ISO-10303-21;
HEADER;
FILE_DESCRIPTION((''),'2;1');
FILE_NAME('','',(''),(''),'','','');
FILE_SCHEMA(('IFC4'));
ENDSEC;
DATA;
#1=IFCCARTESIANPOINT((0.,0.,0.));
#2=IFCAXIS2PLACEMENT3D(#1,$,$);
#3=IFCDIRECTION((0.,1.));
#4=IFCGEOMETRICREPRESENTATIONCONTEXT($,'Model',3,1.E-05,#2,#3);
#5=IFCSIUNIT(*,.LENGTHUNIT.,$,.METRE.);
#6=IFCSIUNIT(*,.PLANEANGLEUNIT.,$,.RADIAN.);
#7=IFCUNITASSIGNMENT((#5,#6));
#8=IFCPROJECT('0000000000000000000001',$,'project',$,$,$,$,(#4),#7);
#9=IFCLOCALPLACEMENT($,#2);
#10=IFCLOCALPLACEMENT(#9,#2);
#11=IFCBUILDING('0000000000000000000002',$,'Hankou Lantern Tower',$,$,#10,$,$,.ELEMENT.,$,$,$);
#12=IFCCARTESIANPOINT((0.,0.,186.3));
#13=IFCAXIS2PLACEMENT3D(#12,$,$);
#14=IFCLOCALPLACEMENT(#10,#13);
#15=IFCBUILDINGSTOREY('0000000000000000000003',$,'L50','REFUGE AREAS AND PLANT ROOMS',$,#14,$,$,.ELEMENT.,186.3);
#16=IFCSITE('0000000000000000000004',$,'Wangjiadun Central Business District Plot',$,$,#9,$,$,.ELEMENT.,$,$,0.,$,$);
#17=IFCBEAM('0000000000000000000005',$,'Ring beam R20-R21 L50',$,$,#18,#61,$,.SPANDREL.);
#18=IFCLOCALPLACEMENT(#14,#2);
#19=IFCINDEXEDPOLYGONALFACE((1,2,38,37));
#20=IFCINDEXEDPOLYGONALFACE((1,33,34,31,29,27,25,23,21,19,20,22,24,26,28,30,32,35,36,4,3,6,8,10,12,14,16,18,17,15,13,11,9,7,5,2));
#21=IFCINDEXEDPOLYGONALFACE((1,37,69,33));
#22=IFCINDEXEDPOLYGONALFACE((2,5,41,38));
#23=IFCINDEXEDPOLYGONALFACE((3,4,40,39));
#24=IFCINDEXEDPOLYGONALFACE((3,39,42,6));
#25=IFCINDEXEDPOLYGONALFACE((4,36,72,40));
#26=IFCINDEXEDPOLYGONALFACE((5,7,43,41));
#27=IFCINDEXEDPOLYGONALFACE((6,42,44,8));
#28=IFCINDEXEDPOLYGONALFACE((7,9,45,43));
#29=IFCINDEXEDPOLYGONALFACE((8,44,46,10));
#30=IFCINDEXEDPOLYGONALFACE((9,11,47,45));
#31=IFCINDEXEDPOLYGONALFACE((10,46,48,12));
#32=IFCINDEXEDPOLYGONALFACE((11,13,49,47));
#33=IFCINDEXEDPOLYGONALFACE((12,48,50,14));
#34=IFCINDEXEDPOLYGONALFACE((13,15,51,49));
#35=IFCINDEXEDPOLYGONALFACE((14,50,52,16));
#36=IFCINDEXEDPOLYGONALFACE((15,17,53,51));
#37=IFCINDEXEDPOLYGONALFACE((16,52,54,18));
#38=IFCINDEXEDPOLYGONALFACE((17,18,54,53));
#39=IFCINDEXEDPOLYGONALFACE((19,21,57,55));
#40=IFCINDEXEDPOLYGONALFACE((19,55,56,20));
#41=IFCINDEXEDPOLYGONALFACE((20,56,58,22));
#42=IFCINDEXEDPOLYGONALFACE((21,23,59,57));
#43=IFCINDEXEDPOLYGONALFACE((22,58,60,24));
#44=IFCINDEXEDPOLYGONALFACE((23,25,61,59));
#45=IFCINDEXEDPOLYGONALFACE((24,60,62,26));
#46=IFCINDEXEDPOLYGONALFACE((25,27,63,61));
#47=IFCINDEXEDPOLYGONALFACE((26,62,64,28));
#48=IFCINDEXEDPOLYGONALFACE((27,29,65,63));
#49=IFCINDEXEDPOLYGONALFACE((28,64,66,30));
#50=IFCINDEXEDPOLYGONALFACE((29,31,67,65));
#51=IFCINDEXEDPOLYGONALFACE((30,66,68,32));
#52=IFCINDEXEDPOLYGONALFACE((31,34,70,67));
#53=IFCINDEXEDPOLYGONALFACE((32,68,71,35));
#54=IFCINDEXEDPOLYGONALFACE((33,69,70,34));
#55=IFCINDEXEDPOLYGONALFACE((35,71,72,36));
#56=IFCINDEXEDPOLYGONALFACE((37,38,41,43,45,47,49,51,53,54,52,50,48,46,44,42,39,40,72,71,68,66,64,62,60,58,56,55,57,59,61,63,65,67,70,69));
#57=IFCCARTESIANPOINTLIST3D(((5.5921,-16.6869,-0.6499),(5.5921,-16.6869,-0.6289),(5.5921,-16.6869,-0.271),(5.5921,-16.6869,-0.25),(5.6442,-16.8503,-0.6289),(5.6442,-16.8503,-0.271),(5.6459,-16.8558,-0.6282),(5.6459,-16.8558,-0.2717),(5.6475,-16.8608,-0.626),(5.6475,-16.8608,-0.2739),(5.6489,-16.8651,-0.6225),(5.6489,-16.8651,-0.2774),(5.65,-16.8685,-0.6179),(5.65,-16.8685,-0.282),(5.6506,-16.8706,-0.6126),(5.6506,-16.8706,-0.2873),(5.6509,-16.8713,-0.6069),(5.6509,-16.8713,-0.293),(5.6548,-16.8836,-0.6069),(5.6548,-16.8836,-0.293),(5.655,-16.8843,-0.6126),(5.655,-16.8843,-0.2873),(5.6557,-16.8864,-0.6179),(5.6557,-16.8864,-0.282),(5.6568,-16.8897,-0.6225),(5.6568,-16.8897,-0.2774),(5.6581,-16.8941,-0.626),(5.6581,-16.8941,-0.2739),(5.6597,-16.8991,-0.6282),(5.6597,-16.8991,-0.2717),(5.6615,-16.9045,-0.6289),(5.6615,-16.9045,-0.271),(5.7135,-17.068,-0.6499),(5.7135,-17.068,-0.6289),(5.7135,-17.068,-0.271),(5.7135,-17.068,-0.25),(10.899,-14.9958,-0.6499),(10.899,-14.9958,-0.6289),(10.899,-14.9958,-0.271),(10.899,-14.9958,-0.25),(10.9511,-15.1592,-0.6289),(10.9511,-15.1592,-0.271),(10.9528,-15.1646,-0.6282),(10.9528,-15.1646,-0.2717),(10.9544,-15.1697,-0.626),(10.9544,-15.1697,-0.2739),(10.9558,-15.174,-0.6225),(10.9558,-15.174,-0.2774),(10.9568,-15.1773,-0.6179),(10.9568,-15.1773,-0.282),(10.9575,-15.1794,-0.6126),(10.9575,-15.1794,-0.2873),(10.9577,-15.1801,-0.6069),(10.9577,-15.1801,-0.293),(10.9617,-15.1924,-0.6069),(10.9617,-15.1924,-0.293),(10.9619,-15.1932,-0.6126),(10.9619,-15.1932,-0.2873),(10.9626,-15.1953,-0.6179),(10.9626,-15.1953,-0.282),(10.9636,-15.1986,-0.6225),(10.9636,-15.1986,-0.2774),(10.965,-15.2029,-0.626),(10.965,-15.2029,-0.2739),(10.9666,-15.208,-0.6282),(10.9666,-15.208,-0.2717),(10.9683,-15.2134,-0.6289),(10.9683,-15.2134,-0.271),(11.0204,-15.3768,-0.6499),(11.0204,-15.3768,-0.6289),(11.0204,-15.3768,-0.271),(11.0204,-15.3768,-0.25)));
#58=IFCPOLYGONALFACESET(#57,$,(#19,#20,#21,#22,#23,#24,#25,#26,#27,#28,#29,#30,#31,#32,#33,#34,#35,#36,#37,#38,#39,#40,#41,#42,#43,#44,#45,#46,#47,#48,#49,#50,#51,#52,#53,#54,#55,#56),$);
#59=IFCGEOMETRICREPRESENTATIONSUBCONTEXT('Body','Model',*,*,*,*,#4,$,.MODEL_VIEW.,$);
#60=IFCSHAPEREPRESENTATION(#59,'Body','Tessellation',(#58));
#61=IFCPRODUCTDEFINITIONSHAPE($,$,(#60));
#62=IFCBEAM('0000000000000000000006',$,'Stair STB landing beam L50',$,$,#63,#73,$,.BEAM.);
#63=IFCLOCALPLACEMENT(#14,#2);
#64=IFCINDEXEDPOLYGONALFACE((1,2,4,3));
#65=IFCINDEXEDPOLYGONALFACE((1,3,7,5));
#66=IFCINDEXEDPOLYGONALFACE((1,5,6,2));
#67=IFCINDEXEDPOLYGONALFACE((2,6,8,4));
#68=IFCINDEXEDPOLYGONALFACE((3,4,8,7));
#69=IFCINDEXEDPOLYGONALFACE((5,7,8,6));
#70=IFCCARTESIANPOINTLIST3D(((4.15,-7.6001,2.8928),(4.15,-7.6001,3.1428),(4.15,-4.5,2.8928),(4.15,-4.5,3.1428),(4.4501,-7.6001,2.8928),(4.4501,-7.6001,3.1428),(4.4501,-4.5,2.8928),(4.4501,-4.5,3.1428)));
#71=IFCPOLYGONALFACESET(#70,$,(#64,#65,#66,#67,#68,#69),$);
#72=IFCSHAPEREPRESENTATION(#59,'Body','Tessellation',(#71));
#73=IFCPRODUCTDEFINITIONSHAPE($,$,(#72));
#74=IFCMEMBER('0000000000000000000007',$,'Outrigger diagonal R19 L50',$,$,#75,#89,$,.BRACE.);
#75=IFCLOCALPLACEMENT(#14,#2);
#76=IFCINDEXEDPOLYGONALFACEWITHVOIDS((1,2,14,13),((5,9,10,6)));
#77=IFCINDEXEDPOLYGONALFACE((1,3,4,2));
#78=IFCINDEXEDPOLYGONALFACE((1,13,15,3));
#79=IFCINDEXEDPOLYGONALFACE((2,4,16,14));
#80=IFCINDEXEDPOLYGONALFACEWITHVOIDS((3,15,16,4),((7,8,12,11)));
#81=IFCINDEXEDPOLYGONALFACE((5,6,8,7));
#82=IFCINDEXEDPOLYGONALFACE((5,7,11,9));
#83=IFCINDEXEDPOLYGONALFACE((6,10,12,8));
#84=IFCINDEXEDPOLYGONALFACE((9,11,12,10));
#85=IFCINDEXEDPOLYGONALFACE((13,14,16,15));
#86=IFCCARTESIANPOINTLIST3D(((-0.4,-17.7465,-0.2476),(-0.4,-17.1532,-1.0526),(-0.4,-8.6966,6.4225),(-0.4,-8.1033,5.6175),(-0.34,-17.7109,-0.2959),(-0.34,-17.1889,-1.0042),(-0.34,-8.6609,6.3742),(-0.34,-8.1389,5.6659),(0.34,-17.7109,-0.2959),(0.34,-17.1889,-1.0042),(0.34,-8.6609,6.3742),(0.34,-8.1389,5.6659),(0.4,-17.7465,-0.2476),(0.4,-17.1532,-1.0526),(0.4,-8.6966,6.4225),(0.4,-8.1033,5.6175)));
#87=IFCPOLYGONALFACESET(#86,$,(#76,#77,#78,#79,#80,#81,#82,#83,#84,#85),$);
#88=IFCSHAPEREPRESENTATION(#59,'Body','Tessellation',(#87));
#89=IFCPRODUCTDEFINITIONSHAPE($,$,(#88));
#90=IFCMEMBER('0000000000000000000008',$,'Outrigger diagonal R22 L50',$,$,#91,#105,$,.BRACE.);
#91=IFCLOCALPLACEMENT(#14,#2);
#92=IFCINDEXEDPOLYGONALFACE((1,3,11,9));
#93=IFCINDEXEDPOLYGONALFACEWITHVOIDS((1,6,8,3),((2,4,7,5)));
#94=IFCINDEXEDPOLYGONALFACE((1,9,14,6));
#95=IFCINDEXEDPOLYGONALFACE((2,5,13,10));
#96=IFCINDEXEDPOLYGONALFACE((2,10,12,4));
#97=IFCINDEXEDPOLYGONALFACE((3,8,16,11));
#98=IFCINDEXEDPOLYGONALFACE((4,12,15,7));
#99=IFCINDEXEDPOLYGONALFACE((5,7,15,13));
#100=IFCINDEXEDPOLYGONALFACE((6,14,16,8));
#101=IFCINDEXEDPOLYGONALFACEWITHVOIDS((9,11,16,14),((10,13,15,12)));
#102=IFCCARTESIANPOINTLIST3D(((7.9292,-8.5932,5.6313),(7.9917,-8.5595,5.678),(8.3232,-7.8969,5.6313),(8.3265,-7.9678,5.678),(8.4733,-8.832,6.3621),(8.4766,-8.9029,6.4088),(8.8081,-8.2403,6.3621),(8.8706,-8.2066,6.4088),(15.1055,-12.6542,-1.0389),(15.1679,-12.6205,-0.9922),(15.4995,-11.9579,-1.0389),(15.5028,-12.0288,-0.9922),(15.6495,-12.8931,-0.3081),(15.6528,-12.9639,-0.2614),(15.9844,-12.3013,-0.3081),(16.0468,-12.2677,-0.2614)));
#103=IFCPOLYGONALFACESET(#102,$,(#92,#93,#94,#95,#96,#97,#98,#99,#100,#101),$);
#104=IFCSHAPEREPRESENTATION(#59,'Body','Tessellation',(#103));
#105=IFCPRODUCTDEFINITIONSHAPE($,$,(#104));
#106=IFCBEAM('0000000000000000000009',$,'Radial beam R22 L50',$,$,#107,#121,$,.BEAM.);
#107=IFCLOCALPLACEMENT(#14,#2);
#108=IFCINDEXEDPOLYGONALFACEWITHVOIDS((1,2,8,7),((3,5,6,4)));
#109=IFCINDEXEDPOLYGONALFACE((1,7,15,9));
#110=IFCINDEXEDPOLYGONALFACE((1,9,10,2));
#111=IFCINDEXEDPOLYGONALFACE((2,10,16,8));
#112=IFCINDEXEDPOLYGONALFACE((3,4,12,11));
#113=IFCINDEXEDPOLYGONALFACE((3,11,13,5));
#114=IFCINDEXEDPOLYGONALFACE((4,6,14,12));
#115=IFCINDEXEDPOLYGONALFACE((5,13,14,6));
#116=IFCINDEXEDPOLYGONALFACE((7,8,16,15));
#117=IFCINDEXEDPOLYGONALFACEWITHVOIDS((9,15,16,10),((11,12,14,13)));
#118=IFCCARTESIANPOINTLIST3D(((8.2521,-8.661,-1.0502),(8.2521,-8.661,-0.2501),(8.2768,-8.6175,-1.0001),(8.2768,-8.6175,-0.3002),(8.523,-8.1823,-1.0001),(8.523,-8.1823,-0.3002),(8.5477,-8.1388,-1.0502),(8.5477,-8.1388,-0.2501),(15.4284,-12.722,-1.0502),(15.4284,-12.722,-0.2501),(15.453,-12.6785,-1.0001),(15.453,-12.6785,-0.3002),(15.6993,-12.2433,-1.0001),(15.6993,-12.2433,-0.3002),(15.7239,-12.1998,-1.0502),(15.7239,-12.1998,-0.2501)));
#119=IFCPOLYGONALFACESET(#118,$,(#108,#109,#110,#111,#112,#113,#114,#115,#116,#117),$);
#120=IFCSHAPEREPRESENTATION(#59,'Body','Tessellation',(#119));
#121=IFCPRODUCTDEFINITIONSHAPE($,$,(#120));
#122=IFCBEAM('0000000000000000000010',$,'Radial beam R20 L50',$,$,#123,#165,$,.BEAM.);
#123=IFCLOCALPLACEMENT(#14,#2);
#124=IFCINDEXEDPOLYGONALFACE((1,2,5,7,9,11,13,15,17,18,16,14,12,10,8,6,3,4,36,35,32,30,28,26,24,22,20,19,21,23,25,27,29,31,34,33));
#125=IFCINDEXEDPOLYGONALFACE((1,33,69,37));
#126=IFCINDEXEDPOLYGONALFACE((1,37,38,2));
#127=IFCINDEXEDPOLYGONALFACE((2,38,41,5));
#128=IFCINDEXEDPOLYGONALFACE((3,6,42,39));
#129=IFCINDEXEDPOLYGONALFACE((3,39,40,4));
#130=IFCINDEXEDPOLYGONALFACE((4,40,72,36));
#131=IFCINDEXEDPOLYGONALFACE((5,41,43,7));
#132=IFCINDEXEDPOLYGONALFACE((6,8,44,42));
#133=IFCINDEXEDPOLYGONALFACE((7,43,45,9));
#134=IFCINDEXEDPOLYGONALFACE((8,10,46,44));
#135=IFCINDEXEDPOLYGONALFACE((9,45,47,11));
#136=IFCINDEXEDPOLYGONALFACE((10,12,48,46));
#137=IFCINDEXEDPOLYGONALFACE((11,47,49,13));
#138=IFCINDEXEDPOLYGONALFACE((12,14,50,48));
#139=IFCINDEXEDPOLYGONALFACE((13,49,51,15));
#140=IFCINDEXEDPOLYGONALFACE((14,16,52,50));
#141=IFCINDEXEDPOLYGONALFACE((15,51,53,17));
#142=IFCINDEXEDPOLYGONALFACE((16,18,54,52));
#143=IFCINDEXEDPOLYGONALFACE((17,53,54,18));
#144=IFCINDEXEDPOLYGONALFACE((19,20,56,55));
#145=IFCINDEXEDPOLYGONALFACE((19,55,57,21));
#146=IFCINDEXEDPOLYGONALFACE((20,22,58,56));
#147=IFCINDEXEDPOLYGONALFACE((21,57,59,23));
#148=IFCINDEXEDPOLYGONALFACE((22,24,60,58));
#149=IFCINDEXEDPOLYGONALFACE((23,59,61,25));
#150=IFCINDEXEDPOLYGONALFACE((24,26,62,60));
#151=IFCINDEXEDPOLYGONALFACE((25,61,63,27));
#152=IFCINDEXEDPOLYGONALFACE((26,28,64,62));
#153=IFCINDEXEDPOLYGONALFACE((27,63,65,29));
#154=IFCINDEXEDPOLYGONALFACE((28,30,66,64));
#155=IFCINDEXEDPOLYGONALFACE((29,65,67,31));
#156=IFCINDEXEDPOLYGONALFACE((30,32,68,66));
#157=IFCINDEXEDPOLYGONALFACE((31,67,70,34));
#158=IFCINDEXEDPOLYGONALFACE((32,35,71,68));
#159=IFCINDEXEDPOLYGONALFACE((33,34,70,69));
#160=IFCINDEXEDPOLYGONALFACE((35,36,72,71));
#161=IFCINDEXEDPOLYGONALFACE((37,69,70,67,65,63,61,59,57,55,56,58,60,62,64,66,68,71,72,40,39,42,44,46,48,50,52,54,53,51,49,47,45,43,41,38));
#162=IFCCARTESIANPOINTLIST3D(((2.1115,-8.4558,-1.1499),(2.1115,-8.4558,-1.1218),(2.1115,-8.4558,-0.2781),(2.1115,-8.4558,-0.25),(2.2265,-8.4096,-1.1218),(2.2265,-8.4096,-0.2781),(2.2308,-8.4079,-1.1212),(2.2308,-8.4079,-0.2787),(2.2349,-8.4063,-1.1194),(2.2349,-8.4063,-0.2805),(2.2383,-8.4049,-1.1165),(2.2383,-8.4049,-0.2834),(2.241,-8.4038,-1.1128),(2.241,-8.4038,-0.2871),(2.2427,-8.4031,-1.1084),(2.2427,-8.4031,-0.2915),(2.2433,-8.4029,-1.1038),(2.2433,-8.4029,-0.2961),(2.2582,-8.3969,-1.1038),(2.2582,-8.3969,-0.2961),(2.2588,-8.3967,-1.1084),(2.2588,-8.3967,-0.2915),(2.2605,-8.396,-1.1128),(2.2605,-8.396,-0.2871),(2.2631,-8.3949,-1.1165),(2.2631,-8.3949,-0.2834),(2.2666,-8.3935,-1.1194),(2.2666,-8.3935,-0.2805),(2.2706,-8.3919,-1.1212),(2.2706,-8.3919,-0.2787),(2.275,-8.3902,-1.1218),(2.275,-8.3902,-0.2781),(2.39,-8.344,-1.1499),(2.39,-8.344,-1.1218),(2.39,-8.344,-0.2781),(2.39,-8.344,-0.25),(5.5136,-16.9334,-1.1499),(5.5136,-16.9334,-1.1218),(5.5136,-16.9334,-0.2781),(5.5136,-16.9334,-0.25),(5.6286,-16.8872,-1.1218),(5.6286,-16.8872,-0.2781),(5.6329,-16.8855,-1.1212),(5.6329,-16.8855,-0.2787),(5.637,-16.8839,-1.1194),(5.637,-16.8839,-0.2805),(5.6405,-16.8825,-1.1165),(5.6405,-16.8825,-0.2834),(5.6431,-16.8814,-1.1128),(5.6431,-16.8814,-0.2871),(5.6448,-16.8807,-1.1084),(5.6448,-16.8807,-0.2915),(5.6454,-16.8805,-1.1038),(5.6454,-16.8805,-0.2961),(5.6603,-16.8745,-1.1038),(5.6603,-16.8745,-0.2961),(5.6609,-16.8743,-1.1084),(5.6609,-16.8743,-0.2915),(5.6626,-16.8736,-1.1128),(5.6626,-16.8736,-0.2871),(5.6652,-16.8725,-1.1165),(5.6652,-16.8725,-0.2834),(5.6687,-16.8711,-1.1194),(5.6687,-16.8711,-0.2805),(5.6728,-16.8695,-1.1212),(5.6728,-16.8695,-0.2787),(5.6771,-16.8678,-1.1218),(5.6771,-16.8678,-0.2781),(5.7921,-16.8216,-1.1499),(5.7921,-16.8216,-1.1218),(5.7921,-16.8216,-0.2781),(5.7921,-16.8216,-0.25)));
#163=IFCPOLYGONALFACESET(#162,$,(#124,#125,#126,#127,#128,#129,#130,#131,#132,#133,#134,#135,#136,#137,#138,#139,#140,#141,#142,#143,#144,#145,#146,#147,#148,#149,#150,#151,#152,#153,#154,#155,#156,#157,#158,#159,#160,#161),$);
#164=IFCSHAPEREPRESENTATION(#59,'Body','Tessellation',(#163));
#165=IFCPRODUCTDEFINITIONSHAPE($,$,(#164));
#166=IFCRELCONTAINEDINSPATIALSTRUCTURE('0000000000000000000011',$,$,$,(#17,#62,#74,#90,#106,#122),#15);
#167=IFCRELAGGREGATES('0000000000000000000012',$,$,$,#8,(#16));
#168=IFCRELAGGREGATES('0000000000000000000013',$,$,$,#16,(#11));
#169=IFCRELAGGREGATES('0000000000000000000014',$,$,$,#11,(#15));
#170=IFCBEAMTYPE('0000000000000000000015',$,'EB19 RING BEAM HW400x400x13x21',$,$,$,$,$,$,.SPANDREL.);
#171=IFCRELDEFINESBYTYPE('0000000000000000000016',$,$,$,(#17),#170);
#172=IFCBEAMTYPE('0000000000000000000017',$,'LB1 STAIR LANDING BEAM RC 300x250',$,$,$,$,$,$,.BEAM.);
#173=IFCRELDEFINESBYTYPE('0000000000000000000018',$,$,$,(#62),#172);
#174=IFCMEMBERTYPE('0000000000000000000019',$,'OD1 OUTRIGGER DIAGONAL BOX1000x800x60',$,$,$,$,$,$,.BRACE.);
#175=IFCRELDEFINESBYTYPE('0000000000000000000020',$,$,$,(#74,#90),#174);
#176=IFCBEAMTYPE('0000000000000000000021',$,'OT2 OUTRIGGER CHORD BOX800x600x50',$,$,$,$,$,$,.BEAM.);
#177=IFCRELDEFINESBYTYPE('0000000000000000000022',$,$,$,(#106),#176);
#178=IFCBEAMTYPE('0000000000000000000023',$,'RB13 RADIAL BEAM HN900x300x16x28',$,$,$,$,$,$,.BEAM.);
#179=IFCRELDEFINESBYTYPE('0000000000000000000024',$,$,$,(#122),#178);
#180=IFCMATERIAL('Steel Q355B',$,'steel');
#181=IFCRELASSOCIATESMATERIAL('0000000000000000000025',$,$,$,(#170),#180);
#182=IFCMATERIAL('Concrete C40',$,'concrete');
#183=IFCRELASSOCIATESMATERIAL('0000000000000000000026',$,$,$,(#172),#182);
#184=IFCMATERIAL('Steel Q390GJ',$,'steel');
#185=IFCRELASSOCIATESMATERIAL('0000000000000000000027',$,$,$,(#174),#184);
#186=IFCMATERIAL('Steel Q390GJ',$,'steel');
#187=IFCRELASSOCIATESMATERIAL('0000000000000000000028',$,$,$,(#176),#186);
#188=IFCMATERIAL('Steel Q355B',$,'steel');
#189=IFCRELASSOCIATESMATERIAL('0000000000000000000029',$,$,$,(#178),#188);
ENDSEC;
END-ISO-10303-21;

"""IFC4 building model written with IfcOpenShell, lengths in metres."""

from ifc_helpers import new_model, si_unit, direction, frame, origin, origin_2d, place, context, subcontext, project, spatial, rectangle, hollow_rectangle, i_section, extrude, material, material_profile, profile_set, type_object, element, save


model = new_model("IFC4")

# Units and contexts
model_context = context("Model", 3, precision=1e-05, world=origin(), true_north=direction((0.0, 1.0)))
body_context = subcontext(model_context, "Body", "Model", "MODEL_VIEW")
ifc_project = project(units=[si_unit("LENGTHUNIT", "METRE"), si_unit("PLANEANGLEUNIT", "RADIAN")], contexts=[model_context])

# Site, building, storey
site_placement = place(None, origin())
site = spatial("IfcSite", under=ifc_project, at=site_placement, Name="Wangjiadun Central Business District Plot", CompositionType="ELEMENT", RefElevation=0.0)
building_placement = place(site_placement, origin())
building = spatial("IfcBuilding", under=site, at=building_placement, Name="Hankou Lantern Tower", CompositionType="ELEMENT")
storey_placement = place(building_placement, frame((0.0, 0.0, 186.3)))
storey = spatial("IfcBuildingStorey", under=building, at=storey_placement, Name="L50", Description="REFUGE AREAS AND PLANT ROOMS", CompositionType="ELEMENT", Elevation=186.3)

# Beams
ifc_material_1 = material(Name="Steel Q355B", Category="steel")
ifc_material_profile_1 = material_profile(ifc_material_1, i_section(OverallWidth=0.3999, OverallDepth=0.3999, WebThickness=0.0129, FlangeThickness=0.021, FilletRadius=0.022, at=origin_2d()), Name="HW400x400x13x21")
ifc_profile_set_1 = profile_set([ifc_material_profile_1], Name="Steel Q355B")
beam_type_1 = type_object("IfcBeamType", Name="EB19 RING BEAM HW400x400x13x21", PredefinedType="SPANDREL", material=ifc_profile_set_1)
beam_1_placement = place(storey_placement, frame((5.6528, -16.8774, -0.45), z_axis=(0.95279, 0.303629, 0.0), x_axis=(-0.303629, 0.95279, 0.0)))
element("IfcBeam", 1, at=beam_1_placement, inside=storey, type_object=beam_type_1, Name="Ring beam R20-R21 L50", PredefinedType="SPANDREL", context=body_context, shape_type="SweptSolid", body=[
    extrude(i_section(OverallWidth=0.3999, OverallDepth=0.3999, WebThickness=0.0129, FlangeThickness=0.021, FilletRadius=0.022, at=origin_2d()), origin(), (0.0, 0.0, 1.0), 5.5698),
])
ifc_material_2 = material(Name="Concrete C40", Category="concrete")
ifc_material_profile_2 = material_profile(ifc_material_2, rectangle(XDim=0.3, YDim=0.25, at=origin_2d()), Name="RC 300x250")
ifc_profile_set_2 = profile_set([ifc_material_profile_2], Name="Concrete C40")
beam_type_2 = type_object("IfcBeamType", Name="LB1 STAIR LANDING BEAM RC 300x250", PredefinedType="BEAM", material=ifc_profile_set_2)
beam_2_placement = place(storey_placement, frame((4.3, -4.5, 3.0178), z_axis=(0.0, -1.0, 0.0), x_axis=(1.0, 0.0, 0.0)))
element("IfcBeam", 2, at=beam_2_placement, inside=storey, type_object=beam_type_2, Name="Stair STB landing beam L50", PredefinedType="BEAM", context=body_context, shape_type="SweptSolid", body=[
    extrude(rectangle(XDim=0.3, YDim=0.25, at=origin_2d()), origin(), (0.0, 0.0, 1.0), 3.1001),
])

# Members
ifc_material_3 = material(Name="Steel Q390GJ", Category="steel")
ifc_material_profile_3 = material_profile(ifc_material_3, hollow_rectangle(XDim=0.8, YDim=1.0, WallThickness=0.0601, at=origin_2d()), Name="BOX1000x800x60")
ifc_profile_set_3 = profile_set([ifc_material_profile_3], Name="Steel Q390GJ")
member_type = type_object("IfcMemberType", Name="OD1 OUTRIGGER DIAGONAL BOX1000x800x60", PredefinedType="BRACE", material=ifc_profile_set_3)
member_1_placement = place(storey_placement, frame((0.0, -8.3999, 6.02), z_axis=(0.0, -0.804983, -0.593298), x_axis=(1.0, 0.0, 0.0)))
element("IfcMember", 3, at=member_1_placement, inside=storey, type_object=member_type, Name="Outrigger diagonal R19 L50", PredefinedType="BRACE", context=body_context, shape_type="SweptSolid", body=[
    extrude(hollow_rectangle(XDim=0.8, YDim=1.0, WallThickness=0.0601, at=origin_2d()), origin(), (0.0, 0.0, 1.0), 11.2424),
])
member_2_placement = place(storey_placement, frame((8.3999, -8.3999, 6.02), z_axis=(0.676639, -0.382909, -0.62892), x_axis=(0.492506, 0.870309, 0.0)))
element("IfcMember", 4, at=member_2_placement, inside=storey, type_object=member_type, Name="Outrigger diagonal R22 L50", PredefinedType="BRACE", context=body_context, shape_type="SweptSolid", body=[
    extrude(hollow_rectangle(XDim=0.8, YDim=1.0, WallThickness=0.0601, at=origin_2d()), origin(), (0.0, 0.0, 1.0), 10.6057),
])

# Beams
ifc_material_4 = material(Name="Steel Q390GJ", Category="steel")
ifc_material_profile_4 = material_profile(ifc_material_4, hollow_rectangle(XDim=0.6001, YDim=0.8, WallThickness=0.05, at=origin_2d()), Name="BOX800x600x50")
ifc_profile_set_4 = profile_set([ifc_material_profile_4], Name="Steel Q390GJ")
beam_type_3 = type_object("IfcBeamType", Name="OT2 OUTRIGGER CHORD BOX800x600x50", PredefinedType="BEAM", material=ifc_profile_set_4)
beam_3_placement = place(storey_placement, frame((8.3999, -8.3999, -0.6501), z_axis=(0.870309, -0.492506, 0.0), x_axis=(0.492506, 0.870309, 0.0)))
element("IfcBeam", 5, at=beam_3_placement, inside=storey, type_object=beam_type_3, Name="Radial beam R22 L50", PredefinedType="BEAM", context=body_context, shape_type="SweptSolid", body=[
    extrude(hollow_rectangle(XDim=0.6001, YDim=0.8, WallThickness=0.05, at=origin_2d()), origin(), (0.0, 0.0, 1.0), 8.2456),
])
ifc_material_5 = material(Name="Steel Q355B", Category="steel")
ifc_material_profile_5 = material_profile(ifc_material_5, i_section(OverallWidth=0.3, OverallDepth=0.8999, WebThickness=0.0161, FlangeThickness=0.0281, FilletRadius=0.0181, at=origin_2d()), Name="HN900x300x16x28")
ifc_profile_set_5 = profile_set([ifc_material_profile_5], Name="Steel Q355B")
beam_type_4 = type_object("IfcBeamType", Name="RB13 RADIAL BEAM HN900x300x16x28", PredefinedType="BEAM", material=ifc_profile_set_5)
beam_4_placement = place(storey_placement, frame((2.2507, -8.3999, -0.7), z_axis=(0.372436, -0.928058, 0.0), x_axis=(0.928058, 0.372436, 0.0)))
element("IfcBeam", 6, at=beam_4_placement, inside=storey, type_object=beam_type_4, Name="Radial beam R20 L50", PredefinedType="BEAM", context=body_context, shape_type="SweptSolid", body=[
    extrude(i_section(OverallWidth=0.3, OverallDepth=0.8999, WebThickness=0.0161, FlangeThickness=0.0281, FilletRadius=0.0181, at=origin_2d()), origin(), (0.0, 0.0, 1.0), 9.1348),
])

save(model, "model.ifc")
